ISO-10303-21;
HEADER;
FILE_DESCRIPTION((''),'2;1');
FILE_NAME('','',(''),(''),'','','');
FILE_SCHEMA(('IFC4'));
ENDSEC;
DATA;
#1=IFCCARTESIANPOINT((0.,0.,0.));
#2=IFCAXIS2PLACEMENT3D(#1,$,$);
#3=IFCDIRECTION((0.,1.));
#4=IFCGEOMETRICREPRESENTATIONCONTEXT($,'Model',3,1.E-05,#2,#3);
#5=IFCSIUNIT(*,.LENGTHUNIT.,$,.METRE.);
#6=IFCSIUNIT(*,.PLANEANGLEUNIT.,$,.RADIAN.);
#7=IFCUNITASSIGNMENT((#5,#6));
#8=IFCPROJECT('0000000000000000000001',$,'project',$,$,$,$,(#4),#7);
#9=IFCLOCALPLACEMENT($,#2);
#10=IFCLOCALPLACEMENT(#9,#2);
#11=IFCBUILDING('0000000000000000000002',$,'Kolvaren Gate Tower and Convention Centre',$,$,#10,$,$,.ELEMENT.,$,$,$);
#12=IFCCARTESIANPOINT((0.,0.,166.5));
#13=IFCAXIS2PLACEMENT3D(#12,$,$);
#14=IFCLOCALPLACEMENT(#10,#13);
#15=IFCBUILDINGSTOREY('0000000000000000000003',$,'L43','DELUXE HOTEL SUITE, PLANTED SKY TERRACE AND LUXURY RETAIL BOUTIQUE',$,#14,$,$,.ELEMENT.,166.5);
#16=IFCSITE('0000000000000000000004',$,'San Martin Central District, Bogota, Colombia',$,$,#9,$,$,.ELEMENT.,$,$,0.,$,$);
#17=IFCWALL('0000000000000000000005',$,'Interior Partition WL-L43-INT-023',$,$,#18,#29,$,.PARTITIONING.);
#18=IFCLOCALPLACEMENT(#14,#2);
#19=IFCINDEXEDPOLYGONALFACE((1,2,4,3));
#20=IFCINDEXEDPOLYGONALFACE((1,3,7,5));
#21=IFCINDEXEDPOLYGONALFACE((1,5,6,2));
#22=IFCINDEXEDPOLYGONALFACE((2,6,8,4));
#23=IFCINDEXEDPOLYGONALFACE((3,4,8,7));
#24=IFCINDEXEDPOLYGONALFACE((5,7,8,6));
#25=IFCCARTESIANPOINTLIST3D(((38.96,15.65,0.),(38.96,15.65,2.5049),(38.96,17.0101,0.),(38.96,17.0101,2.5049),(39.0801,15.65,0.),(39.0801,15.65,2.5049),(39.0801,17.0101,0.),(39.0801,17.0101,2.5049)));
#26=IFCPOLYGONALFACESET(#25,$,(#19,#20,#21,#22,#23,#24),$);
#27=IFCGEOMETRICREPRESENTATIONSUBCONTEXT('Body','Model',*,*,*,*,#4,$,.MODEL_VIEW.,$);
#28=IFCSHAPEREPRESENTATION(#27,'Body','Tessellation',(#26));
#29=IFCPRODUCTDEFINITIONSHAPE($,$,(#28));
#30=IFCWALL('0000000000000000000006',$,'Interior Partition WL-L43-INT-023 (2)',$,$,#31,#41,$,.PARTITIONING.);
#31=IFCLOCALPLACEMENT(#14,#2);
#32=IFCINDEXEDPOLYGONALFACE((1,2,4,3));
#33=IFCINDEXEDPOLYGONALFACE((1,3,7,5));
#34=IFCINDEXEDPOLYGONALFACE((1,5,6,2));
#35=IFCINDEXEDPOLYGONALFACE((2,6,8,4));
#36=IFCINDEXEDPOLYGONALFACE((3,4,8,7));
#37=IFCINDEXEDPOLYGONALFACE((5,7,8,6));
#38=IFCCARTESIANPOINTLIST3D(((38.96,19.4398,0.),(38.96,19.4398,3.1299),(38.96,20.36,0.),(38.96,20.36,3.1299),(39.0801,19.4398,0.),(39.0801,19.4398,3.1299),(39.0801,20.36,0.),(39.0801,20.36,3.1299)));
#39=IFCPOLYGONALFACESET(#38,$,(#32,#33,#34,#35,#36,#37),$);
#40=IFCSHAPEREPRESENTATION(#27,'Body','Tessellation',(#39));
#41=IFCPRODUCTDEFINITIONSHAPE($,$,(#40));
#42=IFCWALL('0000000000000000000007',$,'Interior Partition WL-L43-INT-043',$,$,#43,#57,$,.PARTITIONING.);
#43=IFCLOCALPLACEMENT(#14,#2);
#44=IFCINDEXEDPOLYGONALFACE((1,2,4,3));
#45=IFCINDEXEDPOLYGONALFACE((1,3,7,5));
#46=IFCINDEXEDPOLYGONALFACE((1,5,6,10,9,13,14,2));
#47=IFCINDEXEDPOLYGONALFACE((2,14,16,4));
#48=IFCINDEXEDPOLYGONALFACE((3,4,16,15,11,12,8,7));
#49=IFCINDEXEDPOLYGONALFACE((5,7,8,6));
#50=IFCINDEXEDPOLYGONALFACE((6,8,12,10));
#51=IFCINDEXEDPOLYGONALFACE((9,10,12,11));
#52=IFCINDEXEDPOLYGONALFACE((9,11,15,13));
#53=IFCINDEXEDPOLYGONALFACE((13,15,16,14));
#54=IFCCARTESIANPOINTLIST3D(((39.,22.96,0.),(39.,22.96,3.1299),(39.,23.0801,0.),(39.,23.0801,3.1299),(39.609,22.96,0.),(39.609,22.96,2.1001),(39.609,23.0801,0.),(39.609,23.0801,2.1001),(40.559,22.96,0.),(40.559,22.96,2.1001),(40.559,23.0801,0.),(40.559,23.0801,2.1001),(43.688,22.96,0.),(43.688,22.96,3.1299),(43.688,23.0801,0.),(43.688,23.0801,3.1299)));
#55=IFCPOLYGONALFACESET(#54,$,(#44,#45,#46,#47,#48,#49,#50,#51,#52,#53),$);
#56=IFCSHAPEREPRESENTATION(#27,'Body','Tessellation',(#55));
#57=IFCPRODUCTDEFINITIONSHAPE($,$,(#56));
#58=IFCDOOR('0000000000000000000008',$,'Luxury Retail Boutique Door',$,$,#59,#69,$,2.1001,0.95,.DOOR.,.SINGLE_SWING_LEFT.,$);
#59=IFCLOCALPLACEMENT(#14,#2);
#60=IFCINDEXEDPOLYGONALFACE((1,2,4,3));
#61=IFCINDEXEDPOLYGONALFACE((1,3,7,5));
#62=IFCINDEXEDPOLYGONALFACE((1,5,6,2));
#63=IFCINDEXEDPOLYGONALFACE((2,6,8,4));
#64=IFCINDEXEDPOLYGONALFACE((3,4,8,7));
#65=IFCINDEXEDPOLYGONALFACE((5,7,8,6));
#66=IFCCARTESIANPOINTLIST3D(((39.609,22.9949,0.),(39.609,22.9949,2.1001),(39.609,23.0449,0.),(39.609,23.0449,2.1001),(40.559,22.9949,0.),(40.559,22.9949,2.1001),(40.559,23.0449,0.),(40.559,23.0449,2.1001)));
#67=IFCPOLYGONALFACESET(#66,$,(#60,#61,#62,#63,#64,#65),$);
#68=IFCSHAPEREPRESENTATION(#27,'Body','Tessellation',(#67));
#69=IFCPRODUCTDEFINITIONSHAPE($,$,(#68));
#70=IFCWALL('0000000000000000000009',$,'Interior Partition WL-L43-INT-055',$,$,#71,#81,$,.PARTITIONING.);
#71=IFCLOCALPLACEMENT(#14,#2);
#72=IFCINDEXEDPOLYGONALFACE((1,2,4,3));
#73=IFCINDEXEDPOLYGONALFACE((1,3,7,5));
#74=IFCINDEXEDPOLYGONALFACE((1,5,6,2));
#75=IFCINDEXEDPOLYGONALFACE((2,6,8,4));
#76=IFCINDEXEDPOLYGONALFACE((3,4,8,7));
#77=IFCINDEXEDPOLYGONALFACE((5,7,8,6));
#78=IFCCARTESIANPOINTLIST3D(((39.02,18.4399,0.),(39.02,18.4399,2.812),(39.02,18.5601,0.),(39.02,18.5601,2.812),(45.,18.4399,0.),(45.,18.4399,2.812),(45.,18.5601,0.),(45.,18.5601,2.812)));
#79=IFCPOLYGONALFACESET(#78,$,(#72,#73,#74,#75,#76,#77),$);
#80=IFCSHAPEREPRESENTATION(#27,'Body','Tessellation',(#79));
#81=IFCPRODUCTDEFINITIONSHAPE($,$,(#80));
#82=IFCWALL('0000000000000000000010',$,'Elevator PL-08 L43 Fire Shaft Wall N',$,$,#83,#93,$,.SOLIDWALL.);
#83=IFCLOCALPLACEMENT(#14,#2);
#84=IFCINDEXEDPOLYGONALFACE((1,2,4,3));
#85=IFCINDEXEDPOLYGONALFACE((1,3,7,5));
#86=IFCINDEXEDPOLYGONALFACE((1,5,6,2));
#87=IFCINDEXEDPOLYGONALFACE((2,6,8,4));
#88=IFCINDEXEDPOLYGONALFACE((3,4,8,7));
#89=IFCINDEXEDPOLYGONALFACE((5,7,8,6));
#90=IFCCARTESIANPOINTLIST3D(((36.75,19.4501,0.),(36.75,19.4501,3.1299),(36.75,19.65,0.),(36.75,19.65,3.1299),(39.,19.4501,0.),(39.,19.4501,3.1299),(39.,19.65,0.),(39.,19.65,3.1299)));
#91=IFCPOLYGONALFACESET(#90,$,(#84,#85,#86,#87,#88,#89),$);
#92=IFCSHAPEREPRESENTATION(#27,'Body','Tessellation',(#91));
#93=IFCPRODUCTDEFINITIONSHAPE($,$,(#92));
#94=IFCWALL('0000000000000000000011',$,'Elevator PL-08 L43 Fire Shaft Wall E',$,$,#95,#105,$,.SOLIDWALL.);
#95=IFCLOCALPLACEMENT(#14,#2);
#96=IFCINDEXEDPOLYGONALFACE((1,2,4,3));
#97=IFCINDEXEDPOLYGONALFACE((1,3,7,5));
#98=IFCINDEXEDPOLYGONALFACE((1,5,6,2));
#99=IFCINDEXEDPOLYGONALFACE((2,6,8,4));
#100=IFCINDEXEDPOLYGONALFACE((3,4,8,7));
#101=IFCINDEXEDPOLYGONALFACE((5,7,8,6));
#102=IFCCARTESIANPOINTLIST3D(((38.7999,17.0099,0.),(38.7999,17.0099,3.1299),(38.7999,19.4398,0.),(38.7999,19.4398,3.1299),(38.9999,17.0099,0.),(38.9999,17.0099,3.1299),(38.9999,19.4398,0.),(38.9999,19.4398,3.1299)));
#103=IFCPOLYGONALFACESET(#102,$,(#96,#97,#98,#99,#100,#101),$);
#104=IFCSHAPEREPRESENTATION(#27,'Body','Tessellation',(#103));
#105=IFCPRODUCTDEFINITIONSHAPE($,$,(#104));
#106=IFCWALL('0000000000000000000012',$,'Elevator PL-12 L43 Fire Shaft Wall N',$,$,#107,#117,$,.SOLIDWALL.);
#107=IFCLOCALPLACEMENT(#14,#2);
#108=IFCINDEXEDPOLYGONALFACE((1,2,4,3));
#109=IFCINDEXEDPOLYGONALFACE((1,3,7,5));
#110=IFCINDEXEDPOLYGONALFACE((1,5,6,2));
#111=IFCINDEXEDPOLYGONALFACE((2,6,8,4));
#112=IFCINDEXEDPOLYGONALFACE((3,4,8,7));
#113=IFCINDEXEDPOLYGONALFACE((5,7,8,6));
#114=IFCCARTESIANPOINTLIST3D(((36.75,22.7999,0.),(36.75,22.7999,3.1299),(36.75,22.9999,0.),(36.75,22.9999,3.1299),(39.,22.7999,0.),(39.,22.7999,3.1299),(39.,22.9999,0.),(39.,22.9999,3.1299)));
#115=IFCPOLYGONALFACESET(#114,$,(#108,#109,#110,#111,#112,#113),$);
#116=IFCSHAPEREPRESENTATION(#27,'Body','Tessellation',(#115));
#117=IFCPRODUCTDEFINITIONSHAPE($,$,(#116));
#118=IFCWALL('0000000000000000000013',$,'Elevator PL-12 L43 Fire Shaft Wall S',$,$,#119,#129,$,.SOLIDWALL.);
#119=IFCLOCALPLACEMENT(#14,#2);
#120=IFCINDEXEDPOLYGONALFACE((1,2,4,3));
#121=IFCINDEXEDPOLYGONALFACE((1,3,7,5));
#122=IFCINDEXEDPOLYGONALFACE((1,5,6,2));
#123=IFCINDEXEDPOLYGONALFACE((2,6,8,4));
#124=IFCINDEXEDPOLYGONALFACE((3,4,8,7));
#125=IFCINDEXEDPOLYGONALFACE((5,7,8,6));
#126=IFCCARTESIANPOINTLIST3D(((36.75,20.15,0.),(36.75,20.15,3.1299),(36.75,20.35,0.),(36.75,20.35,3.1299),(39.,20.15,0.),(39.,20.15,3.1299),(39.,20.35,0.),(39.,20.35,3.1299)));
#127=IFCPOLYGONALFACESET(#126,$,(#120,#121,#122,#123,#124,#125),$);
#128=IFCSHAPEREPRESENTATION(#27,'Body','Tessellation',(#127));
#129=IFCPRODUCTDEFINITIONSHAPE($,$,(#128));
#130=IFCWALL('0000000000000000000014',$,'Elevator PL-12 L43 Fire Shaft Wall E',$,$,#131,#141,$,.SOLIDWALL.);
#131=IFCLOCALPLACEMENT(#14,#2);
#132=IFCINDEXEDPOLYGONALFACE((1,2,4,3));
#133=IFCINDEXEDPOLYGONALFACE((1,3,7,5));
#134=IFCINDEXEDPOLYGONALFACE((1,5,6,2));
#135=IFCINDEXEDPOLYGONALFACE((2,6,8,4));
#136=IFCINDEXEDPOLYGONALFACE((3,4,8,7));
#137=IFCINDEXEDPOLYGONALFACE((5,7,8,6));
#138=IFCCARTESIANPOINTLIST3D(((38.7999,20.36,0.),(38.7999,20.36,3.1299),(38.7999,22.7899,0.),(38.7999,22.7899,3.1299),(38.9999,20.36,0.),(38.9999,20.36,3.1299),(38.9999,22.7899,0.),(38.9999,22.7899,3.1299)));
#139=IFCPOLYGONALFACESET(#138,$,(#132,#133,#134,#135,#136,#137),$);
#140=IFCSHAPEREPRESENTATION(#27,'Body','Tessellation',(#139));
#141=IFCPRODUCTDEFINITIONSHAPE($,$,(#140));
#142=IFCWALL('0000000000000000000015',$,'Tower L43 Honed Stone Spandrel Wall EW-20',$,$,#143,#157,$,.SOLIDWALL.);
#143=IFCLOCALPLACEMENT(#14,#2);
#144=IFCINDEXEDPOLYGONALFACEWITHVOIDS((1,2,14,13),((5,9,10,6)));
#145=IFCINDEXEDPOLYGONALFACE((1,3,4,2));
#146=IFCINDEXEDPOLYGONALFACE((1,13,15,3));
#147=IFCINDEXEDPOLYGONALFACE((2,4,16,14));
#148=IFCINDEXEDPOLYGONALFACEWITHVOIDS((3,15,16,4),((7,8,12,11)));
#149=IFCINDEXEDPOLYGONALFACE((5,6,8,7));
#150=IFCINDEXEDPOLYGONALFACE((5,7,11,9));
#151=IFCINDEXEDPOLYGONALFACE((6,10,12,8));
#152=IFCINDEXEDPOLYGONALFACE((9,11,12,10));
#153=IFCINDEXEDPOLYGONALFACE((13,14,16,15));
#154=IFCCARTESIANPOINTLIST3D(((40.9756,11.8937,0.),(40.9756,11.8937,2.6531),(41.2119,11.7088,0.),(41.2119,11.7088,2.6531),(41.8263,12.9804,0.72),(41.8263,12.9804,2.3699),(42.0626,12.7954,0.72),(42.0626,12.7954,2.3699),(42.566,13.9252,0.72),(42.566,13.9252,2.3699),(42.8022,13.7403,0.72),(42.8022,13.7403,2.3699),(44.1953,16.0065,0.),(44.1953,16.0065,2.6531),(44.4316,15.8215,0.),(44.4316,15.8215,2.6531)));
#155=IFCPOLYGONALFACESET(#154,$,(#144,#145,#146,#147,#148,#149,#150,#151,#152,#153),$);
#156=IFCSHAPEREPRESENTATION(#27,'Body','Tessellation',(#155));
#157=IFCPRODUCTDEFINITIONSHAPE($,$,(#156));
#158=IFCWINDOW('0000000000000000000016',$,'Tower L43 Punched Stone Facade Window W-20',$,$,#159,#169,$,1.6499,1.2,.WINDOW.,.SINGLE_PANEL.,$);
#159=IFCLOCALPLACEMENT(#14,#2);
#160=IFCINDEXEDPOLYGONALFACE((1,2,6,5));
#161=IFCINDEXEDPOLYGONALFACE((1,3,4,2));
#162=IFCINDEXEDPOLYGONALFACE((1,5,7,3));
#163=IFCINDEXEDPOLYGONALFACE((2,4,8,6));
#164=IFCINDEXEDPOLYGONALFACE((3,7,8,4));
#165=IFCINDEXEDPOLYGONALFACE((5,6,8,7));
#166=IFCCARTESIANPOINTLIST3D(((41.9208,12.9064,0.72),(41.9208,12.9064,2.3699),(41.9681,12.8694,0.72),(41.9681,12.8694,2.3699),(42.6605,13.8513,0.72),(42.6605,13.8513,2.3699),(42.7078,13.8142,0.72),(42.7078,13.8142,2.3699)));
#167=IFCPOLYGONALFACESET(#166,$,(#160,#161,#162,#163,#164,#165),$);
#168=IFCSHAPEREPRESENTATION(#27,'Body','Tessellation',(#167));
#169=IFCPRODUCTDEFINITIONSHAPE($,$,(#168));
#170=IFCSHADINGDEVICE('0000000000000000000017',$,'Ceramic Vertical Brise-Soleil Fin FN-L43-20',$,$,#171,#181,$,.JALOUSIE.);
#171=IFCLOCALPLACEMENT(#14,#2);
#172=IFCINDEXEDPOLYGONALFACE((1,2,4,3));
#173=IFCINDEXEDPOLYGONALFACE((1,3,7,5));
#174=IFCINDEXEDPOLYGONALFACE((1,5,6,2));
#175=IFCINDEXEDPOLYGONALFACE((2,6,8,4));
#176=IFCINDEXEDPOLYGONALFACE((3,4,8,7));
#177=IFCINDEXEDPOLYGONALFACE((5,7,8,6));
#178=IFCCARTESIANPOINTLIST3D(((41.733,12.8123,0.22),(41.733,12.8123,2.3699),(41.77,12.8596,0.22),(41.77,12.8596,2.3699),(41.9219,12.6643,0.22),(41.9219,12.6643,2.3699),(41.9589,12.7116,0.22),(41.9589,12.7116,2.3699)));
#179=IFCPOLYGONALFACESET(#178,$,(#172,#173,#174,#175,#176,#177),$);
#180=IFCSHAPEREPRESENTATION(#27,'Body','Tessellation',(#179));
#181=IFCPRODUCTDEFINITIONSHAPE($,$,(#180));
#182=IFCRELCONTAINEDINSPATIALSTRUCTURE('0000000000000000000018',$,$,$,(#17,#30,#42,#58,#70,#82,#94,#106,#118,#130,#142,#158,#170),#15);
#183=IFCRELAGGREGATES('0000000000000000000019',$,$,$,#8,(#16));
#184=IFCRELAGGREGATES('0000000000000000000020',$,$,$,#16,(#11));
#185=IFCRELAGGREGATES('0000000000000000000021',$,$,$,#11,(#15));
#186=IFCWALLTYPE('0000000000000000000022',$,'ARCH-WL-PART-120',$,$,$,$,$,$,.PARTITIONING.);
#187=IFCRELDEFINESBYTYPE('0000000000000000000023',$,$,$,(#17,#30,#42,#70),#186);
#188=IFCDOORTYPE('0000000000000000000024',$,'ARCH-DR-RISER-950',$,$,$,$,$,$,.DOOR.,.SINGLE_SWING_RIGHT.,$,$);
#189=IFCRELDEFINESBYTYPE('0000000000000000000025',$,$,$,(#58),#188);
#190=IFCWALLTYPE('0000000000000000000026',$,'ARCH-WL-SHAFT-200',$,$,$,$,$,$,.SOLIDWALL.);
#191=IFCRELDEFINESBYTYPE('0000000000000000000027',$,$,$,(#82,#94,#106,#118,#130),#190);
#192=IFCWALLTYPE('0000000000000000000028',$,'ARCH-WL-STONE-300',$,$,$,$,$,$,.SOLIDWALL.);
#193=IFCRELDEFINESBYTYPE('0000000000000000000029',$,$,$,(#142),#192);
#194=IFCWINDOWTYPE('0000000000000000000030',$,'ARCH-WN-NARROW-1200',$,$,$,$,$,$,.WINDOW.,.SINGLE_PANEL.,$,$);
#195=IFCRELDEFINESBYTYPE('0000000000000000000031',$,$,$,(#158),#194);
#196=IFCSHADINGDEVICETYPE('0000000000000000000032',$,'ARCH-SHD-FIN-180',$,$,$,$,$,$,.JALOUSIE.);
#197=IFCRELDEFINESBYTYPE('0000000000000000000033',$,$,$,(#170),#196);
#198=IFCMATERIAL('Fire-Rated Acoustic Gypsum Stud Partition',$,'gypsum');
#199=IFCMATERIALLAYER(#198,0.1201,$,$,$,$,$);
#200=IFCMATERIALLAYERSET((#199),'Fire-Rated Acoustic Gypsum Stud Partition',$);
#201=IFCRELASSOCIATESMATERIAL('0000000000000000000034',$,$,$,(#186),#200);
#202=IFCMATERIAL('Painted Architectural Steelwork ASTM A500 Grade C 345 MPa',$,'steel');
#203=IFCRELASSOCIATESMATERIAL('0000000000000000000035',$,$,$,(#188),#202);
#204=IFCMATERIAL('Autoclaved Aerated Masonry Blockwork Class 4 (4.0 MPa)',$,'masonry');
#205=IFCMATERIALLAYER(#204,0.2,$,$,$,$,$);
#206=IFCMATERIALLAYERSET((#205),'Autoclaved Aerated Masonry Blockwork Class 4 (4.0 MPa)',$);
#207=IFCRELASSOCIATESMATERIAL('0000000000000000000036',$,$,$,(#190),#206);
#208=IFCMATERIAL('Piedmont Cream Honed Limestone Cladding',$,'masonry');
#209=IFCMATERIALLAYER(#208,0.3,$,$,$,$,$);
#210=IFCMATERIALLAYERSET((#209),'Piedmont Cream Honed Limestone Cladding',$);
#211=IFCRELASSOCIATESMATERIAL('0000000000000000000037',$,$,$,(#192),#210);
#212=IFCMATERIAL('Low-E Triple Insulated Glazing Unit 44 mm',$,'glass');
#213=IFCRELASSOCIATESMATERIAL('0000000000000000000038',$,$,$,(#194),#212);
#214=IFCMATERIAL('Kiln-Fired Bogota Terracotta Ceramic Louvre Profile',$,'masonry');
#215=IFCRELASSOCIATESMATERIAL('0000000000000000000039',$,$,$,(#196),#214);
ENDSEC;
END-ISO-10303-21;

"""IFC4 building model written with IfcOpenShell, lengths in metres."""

from ifc_helpers import new_model, si_unit, direction, frame, frame_2d, origin, origin_2d, place, context, subcontext, project, spatial, rectangle, extrude, material, layer, layer_set, type_object, element, fill, save


model = new_model("IFC4")

# Units and contexts
model_context = context("Model", 3, precision=1e-05, world=origin(), true_north=direction((0.0, 1.0)))
body_context = subcontext(model_context, "Body", "Model", "MODEL_VIEW")
ifc_project = project(units=[si_unit("LENGTHUNIT", "METRE"), si_unit("PLANEANGLEUNIT", "RADIAN")], contexts=[model_context])

# Site, building, storey
site_placement = place(None, origin())
site = spatial("IfcSite", under=ifc_project, at=site_placement, Name="San Martin Central District, Bogota, Colombia", CompositionType="ELEMENT", RefElevation=0.0)
building_placement = place(site_placement, origin())
building = spatial("IfcBuilding", under=site, at=building_placement, Name="Kolvaren Gate Tower and Convention Centre", CompositionType="ELEMENT")
storey_placement = place(building_placement, frame((0.0, 0.0, 166.5)))
storey = spatial("IfcBuildingStorey", under=building, at=storey_placement, Name="L43", Description="DELUXE HOTEL SUITE, PLANTED SKY TERRACE AND LUXURY RETAIL BOUTIQUE", CompositionType="ELEMENT", Elevation=166.5)

# Walls
ifc_material_1 = material(Name="Fire-Rated Acoustic Gypsum Stud Partition", Category="gypsum")
ifc_layer_1 = layer(ifc_material_1, 0.1201)
ifc_layer_set_1 = layer_set([ifc_layer_1], Name="Fire-Rated Acoustic Gypsum Stud Partition")
wall_type_1 = type_object("IfcWallType", Name="ARCH-WL-PART-120", PredefinedType="PARTITIONING", material=ifc_layer_set_1)
wall_1_placement = place(storey_placement, frame((39.02, 15.6499, 0.0), z_axis=(0.0, 0.0, 1.0), x_axis=(0.0, 1.0, 0.0)))
element("IfcWall", 1, at=wall_1_placement, inside=storey, type_object=wall_type_1, Name="Interior Partition WL-L43-INT-023", PredefinedType="PARTITIONING", context=body_context, shape_type="SweptSolid", body=[
    extrude(rectangle(XDim=1.3601, YDim=0.1201, at=frame_2d((0.6802, 0.0))), origin(), (0.0, 0.0, 1.0), 2.5049),
])
wall_2_placement = place(storey_placement, frame((39.02, 19.4399, 0.0), z_axis=(0.0, 0.0, 1.0), x_axis=(0.0, 1.0, 0.0)))
element("IfcWall", 2, at=wall_2_placement, inside=storey, type_object=wall_type_1, Name="Interior Partition WL-L43-INT-023 (2)", PredefinedType="PARTITIONING", context=body_context, shape_type="SweptSolid", body=[
    extrude(rectangle(XDim=0.9202, YDim=0.1201, at=frame_2d((0.46, 0.0))), origin(), (0.0, 0.0, 1.0), 3.1299),
])

# Wall, opening, door
wall_3_placement = place(storey_placement, frame((39.0, 23.02, 0.0), z_axis=(0.0, 0.0, 1.0), x_axis=(1.0, 0.0, 0.0)))
wall_3 = element("IfcWall", 3, at=wall_3_placement, inside=storey, type_object=wall_type_1, Name="Interior Partition WL-L43-INT-043", PredefinedType="PARTITIONING", context=body_context, shape_type="SweptSolid", body=[
    extrude(rectangle(XDim=4.688, YDim=0.1201, at=frame_2d((2.344, 0.0))), origin(), (0.0, 0.0, 1.0), 3.1299),
])
opening_1_placement = place(wall_3_placement, frame((0.6089, 0.0, 0.0)))
opening_1 = element("IfcOpeningElement", 4, at=opening_1_placement, cuts=wall_3, PredefinedType="OPENING", context=body_context, shape_type="SweptSolid", body=[
    extrude(rectangle(XDim=0.95, YDim=2.1001, at=frame_2d((0.4751, 1.05))), frame((0.0, 0.0701, 0.0), z_axis=(0.0, -1.0, 0.0), x_axis=(1.0, 0.0, 0.0)), (0.0, 0.0, 1.0), 0.1401),
])
ifc_material_2 = material(Name="Painted Architectural Steelwork ASTM A500 Grade C 345 MPa", Category="steel")
door_type = type_object("IfcDoorType", Name="ARCH-DR-RISER-950", OperationType="SINGLE_SWING_RIGHT", PredefinedType="DOOR", material=ifc_material_2)
door_placement = place(opening_1_placement, origin())
door = element("IfcDoor", 5, at=door_placement, inside=storey, type_object=door_type, Name="Luxury Retail Boutique Door", OperationType="SINGLE_SWING_LEFT", OverallHeight=2.1001, OverallWidth=0.95, PredefinedType="DOOR", context=body_context, shape_type="SweptSolid", body=[
    extrude(rectangle(XDim=0.95, YDim=2.1001, at=frame_2d((0.4751, 1.05))), frame((0.0, 0.0249, 0.0), z_axis=(0.0, -1.0, 0.0), x_axis=(1.0, 0.0, 0.0)), (0.0, 0.0, 1.0), 0.05),
])
fill(opening_1, door)

# Walls
wall_4_placement = place(storey_placement, frame((39.02, 18.5, 0.0), z_axis=(0.0, 0.0, 1.0), x_axis=(1.0, 0.0, 0.0)))
element("IfcWall", 6, at=wall_4_placement, inside=storey, type_object=wall_type_1, Name="Interior Partition WL-L43-INT-055", PredefinedType="PARTITIONING", context=body_context, shape_type="SweptSolid", body=[
    extrude(rectangle(XDim=5.98, YDim=0.1201, at=frame_2d((2.99, 0.0))), origin(), (0.0, 0.0, 1.0), 2.812),
])
ifc_material_3 = material(Name="Autoclaved Aerated Masonry Blockwork Class 4 (4.0 MPa)", Category="masonry")
ifc_layer_2 = layer(ifc_material_3, 0.2)
ifc_layer_set_2 = layer_set([ifc_layer_2], Name="Autoclaved Aerated Masonry Blockwork Class 4 (4.0 MPa)")
wall_type_2 = type_object("IfcWallType", Name="ARCH-WL-SHAFT-200", PredefinedType="SOLIDWALL", material=ifc_layer_set_2)
wall_5_placement = place(storey_placement, frame((36.75, 19.55, 0.0), z_axis=(0.0, 0.0, 1.0), x_axis=(1.0, 0.0, 0.0)))
element("IfcWall", 7, at=wall_5_placement, inside=storey, type_object=wall_type_2, Name="Elevator PL-08 L43 Fire Shaft Wall N", PredefinedType="SOLIDWALL", context=body_context, shape_type="SweptSolid", body=[
    extrude(rectangle(XDim=2.25, YDim=0.2, at=frame_2d((1.125, 0.0))), origin(), (0.0, 0.0, 1.0), 3.1299),
])
wall_6_placement = place(storey_placement, frame((38.8999, 17.01, 0.0), z_axis=(0.0, 0.0, 1.0), x_axis=(0.0, 1.0, 0.0)))
element("IfcWall", 8, at=wall_6_placement, inside=storey, type_object=wall_type_2, Name="Elevator PL-08 L43 Fire Shaft Wall E", PredefinedType="SOLIDWALL", context=body_context, shape_type="SweptSolid", body=[
    extrude(rectangle(XDim=2.4299, YDim=0.2, at=frame_2d((1.2148, 0.0))), origin(), (0.0, 0.0, 1.0), 3.1299),
])
for number, where, z_axis, x_axis, name in (
    (9, (36.75, 22.8999, 0.0), (0.0, 0.0, 1.0), (1.0, 0.0, 0.0), "Elevator PL-12 L43 Fire Shaft Wall N"),
    (10, (36.75, 20.25, 0.0), (0.0, 0.0, 1.0), (1.0, 0.0, 0.0), "Elevator PL-12 L43 Fire Shaft Wall S"),
):
    element("IfcWall", number, at=place(storey_placement, frame(where, z_axis=z_axis, x_axis=x_axis)), inside=storey, type_object=wall_type_2, Name=name, PredefinedType="SOLIDWALL", context=body_context, shape_type="SweptSolid", body=[
        extrude(rectangle(XDim=2.25, YDim=0.2, at=frame_2d((1.125, 0.0))), origin(), (0.0, 0.0, 1.0), 3.1299),
    ])
wall_7_placement = place(storey_placement, frame((38.8999, 20.3601, 0.0), z_axis=(0.0, 0.0, 1.0), x_axis=(0.0, 1.0, 0.0)))
element("IfcWall", 11, at=wall_7_placement, inside=storey, type_object=wall_type_2, Name="Elevator PL-12 L43 Fire Shaft Wall E", PredefinedType="SOLIDWALL", context=body_context, shape_type="SweptSolid", body=[
    extrude(rectangle(XDim=2.4299, YDim=0.2, at=frame_2d((1.2148, 0.0))), origin(), (0.0, 0.0, 1.0), 3.1299),
])

# Wall, opening, window
ifc_material_4 = material(Name="Piedmont Cream Honed Limestone Cladding", Category="masonry")
ifc_layer_3 = layer(ifc_material_4, 0.3)
ifc_layer_set_3 = layer_set([ifc_layer_3], Name="Piedmont Cream Honed Limestone Cladding")
wall_type_3 = type_object("IfcWallType", Name="ARCH-WL-STONE-300", PredefinedType="SOLIDWALL", material=ifc_layer_set_3)
wall_8_placement = place(storey_placement, frame((41.0938, 11.8013, 0.0), z_axis=(0.0, 0.0, 1.0), x_axis=(0.616429, 0.78741, 0.0)))
wall_8 = element("IfcWall", 12, at=wall_8_placement, inside=storey, type_object=wall_type_3, Name="Tower L43 Honed Stone Spandrel Wall EW-20", PredefinedType="SOLIDWALL", context=body_context, shape_type="SweptSolid", body=[
    extrude(rectangle(XDim=5.2231, YDim=0.3, at=frame_2d((2.6116, 0.0))), origin(), (0.0, 0.0, 1.0), 2.6531),
])
opening_2_placement = place(wall_8_placement, frame((1.3799, 0.0, 0.72)))
opening_2 = element("IfcOpeningElement", 13, at=opening_2_placement, cuts=wall_8, PredefinedType="OPENING", context=body_context, shape_type="SweptSolid", body=[
    extrude(rectangle(XDim=1.2, YDim=1.6499, at=frame_2d((0.6001, 0.825))), frame((0.0, 0.1599, 0.0), z_axis=(0.0, -1.0, 0.0), x_axis=(1.0, 0.0, 0.0)), (0.0, 0.0, 1.0), 0.3201),
])
ifc_material_5 = material(Name="Low-E Triple Insulated Glazing Unit 44 mm", Category="glass")
window_type = type_object("IfcWindowType", Name="ARCH-WN-NARROW-1200", PartitioningType="SINGLE_PANEL", PredefinedType="WINDOW", material=ifc_material_5)
window_placement = place(opening_2_placement, origin())
window = element("IfcWindow", 14, at=window_placement, inside=storey, type_object=window_type, Name="Tower L43 Punched Stone Facade Window W-20", OverallHeight=1.6499, OverallWidth=1.2, PartitioningType="SINGLE_PANEL", PredefinedType="WINDOW", context=body_context, shape_type="SweptSolid", body=[
    extrude(rectangle(XDim=1.2, YDim=1.6499, at=frame_2d((0.6001, 0.825))), frame((0.0, 0.03, 0.0), z_axis=(0.0, -1.0, 0.0), x_axis=(1.0, 0.0, 0.0)), (0.0, 0.0, 1.0), 0.0601),
])
fill(opening_2, window)

# Shading device
ifc_material_6 = material(Name="Kiln-Fired Bogota Terracotta Ceramic Louvre Profile", Category="masonry")
shading_device_type = type_object("IfcShadingDeviceType", Name="ARCH-SHD-FIN-180", PredefinedType="JALOUSIE", material=ifc_material_6)
shading_device_placement = place(storey_placement, frame((41.8459, 12.762, 0.22), z_axis=(0.0, 0.0, 1.0), x_axis=(0.616434, 0.787406, 0.0)))
element("IfcShadingDevice", 15, at=shading_device_placement, inside=storey, type_object=shading_device_type, Name="Ceramic Vertical Brise-Soleil Fin FN-L43-20", PredefinedType="JALOUSIE", context=body_context, shape_type="SweptSolid", body=[
    extrude(rectangle(XDim=0.0601, YDim=0.24, at=origin_2d()), origin(), (0.0, 0.0, 1.0), 2.1499),
])

save(model, "model.ifc")
